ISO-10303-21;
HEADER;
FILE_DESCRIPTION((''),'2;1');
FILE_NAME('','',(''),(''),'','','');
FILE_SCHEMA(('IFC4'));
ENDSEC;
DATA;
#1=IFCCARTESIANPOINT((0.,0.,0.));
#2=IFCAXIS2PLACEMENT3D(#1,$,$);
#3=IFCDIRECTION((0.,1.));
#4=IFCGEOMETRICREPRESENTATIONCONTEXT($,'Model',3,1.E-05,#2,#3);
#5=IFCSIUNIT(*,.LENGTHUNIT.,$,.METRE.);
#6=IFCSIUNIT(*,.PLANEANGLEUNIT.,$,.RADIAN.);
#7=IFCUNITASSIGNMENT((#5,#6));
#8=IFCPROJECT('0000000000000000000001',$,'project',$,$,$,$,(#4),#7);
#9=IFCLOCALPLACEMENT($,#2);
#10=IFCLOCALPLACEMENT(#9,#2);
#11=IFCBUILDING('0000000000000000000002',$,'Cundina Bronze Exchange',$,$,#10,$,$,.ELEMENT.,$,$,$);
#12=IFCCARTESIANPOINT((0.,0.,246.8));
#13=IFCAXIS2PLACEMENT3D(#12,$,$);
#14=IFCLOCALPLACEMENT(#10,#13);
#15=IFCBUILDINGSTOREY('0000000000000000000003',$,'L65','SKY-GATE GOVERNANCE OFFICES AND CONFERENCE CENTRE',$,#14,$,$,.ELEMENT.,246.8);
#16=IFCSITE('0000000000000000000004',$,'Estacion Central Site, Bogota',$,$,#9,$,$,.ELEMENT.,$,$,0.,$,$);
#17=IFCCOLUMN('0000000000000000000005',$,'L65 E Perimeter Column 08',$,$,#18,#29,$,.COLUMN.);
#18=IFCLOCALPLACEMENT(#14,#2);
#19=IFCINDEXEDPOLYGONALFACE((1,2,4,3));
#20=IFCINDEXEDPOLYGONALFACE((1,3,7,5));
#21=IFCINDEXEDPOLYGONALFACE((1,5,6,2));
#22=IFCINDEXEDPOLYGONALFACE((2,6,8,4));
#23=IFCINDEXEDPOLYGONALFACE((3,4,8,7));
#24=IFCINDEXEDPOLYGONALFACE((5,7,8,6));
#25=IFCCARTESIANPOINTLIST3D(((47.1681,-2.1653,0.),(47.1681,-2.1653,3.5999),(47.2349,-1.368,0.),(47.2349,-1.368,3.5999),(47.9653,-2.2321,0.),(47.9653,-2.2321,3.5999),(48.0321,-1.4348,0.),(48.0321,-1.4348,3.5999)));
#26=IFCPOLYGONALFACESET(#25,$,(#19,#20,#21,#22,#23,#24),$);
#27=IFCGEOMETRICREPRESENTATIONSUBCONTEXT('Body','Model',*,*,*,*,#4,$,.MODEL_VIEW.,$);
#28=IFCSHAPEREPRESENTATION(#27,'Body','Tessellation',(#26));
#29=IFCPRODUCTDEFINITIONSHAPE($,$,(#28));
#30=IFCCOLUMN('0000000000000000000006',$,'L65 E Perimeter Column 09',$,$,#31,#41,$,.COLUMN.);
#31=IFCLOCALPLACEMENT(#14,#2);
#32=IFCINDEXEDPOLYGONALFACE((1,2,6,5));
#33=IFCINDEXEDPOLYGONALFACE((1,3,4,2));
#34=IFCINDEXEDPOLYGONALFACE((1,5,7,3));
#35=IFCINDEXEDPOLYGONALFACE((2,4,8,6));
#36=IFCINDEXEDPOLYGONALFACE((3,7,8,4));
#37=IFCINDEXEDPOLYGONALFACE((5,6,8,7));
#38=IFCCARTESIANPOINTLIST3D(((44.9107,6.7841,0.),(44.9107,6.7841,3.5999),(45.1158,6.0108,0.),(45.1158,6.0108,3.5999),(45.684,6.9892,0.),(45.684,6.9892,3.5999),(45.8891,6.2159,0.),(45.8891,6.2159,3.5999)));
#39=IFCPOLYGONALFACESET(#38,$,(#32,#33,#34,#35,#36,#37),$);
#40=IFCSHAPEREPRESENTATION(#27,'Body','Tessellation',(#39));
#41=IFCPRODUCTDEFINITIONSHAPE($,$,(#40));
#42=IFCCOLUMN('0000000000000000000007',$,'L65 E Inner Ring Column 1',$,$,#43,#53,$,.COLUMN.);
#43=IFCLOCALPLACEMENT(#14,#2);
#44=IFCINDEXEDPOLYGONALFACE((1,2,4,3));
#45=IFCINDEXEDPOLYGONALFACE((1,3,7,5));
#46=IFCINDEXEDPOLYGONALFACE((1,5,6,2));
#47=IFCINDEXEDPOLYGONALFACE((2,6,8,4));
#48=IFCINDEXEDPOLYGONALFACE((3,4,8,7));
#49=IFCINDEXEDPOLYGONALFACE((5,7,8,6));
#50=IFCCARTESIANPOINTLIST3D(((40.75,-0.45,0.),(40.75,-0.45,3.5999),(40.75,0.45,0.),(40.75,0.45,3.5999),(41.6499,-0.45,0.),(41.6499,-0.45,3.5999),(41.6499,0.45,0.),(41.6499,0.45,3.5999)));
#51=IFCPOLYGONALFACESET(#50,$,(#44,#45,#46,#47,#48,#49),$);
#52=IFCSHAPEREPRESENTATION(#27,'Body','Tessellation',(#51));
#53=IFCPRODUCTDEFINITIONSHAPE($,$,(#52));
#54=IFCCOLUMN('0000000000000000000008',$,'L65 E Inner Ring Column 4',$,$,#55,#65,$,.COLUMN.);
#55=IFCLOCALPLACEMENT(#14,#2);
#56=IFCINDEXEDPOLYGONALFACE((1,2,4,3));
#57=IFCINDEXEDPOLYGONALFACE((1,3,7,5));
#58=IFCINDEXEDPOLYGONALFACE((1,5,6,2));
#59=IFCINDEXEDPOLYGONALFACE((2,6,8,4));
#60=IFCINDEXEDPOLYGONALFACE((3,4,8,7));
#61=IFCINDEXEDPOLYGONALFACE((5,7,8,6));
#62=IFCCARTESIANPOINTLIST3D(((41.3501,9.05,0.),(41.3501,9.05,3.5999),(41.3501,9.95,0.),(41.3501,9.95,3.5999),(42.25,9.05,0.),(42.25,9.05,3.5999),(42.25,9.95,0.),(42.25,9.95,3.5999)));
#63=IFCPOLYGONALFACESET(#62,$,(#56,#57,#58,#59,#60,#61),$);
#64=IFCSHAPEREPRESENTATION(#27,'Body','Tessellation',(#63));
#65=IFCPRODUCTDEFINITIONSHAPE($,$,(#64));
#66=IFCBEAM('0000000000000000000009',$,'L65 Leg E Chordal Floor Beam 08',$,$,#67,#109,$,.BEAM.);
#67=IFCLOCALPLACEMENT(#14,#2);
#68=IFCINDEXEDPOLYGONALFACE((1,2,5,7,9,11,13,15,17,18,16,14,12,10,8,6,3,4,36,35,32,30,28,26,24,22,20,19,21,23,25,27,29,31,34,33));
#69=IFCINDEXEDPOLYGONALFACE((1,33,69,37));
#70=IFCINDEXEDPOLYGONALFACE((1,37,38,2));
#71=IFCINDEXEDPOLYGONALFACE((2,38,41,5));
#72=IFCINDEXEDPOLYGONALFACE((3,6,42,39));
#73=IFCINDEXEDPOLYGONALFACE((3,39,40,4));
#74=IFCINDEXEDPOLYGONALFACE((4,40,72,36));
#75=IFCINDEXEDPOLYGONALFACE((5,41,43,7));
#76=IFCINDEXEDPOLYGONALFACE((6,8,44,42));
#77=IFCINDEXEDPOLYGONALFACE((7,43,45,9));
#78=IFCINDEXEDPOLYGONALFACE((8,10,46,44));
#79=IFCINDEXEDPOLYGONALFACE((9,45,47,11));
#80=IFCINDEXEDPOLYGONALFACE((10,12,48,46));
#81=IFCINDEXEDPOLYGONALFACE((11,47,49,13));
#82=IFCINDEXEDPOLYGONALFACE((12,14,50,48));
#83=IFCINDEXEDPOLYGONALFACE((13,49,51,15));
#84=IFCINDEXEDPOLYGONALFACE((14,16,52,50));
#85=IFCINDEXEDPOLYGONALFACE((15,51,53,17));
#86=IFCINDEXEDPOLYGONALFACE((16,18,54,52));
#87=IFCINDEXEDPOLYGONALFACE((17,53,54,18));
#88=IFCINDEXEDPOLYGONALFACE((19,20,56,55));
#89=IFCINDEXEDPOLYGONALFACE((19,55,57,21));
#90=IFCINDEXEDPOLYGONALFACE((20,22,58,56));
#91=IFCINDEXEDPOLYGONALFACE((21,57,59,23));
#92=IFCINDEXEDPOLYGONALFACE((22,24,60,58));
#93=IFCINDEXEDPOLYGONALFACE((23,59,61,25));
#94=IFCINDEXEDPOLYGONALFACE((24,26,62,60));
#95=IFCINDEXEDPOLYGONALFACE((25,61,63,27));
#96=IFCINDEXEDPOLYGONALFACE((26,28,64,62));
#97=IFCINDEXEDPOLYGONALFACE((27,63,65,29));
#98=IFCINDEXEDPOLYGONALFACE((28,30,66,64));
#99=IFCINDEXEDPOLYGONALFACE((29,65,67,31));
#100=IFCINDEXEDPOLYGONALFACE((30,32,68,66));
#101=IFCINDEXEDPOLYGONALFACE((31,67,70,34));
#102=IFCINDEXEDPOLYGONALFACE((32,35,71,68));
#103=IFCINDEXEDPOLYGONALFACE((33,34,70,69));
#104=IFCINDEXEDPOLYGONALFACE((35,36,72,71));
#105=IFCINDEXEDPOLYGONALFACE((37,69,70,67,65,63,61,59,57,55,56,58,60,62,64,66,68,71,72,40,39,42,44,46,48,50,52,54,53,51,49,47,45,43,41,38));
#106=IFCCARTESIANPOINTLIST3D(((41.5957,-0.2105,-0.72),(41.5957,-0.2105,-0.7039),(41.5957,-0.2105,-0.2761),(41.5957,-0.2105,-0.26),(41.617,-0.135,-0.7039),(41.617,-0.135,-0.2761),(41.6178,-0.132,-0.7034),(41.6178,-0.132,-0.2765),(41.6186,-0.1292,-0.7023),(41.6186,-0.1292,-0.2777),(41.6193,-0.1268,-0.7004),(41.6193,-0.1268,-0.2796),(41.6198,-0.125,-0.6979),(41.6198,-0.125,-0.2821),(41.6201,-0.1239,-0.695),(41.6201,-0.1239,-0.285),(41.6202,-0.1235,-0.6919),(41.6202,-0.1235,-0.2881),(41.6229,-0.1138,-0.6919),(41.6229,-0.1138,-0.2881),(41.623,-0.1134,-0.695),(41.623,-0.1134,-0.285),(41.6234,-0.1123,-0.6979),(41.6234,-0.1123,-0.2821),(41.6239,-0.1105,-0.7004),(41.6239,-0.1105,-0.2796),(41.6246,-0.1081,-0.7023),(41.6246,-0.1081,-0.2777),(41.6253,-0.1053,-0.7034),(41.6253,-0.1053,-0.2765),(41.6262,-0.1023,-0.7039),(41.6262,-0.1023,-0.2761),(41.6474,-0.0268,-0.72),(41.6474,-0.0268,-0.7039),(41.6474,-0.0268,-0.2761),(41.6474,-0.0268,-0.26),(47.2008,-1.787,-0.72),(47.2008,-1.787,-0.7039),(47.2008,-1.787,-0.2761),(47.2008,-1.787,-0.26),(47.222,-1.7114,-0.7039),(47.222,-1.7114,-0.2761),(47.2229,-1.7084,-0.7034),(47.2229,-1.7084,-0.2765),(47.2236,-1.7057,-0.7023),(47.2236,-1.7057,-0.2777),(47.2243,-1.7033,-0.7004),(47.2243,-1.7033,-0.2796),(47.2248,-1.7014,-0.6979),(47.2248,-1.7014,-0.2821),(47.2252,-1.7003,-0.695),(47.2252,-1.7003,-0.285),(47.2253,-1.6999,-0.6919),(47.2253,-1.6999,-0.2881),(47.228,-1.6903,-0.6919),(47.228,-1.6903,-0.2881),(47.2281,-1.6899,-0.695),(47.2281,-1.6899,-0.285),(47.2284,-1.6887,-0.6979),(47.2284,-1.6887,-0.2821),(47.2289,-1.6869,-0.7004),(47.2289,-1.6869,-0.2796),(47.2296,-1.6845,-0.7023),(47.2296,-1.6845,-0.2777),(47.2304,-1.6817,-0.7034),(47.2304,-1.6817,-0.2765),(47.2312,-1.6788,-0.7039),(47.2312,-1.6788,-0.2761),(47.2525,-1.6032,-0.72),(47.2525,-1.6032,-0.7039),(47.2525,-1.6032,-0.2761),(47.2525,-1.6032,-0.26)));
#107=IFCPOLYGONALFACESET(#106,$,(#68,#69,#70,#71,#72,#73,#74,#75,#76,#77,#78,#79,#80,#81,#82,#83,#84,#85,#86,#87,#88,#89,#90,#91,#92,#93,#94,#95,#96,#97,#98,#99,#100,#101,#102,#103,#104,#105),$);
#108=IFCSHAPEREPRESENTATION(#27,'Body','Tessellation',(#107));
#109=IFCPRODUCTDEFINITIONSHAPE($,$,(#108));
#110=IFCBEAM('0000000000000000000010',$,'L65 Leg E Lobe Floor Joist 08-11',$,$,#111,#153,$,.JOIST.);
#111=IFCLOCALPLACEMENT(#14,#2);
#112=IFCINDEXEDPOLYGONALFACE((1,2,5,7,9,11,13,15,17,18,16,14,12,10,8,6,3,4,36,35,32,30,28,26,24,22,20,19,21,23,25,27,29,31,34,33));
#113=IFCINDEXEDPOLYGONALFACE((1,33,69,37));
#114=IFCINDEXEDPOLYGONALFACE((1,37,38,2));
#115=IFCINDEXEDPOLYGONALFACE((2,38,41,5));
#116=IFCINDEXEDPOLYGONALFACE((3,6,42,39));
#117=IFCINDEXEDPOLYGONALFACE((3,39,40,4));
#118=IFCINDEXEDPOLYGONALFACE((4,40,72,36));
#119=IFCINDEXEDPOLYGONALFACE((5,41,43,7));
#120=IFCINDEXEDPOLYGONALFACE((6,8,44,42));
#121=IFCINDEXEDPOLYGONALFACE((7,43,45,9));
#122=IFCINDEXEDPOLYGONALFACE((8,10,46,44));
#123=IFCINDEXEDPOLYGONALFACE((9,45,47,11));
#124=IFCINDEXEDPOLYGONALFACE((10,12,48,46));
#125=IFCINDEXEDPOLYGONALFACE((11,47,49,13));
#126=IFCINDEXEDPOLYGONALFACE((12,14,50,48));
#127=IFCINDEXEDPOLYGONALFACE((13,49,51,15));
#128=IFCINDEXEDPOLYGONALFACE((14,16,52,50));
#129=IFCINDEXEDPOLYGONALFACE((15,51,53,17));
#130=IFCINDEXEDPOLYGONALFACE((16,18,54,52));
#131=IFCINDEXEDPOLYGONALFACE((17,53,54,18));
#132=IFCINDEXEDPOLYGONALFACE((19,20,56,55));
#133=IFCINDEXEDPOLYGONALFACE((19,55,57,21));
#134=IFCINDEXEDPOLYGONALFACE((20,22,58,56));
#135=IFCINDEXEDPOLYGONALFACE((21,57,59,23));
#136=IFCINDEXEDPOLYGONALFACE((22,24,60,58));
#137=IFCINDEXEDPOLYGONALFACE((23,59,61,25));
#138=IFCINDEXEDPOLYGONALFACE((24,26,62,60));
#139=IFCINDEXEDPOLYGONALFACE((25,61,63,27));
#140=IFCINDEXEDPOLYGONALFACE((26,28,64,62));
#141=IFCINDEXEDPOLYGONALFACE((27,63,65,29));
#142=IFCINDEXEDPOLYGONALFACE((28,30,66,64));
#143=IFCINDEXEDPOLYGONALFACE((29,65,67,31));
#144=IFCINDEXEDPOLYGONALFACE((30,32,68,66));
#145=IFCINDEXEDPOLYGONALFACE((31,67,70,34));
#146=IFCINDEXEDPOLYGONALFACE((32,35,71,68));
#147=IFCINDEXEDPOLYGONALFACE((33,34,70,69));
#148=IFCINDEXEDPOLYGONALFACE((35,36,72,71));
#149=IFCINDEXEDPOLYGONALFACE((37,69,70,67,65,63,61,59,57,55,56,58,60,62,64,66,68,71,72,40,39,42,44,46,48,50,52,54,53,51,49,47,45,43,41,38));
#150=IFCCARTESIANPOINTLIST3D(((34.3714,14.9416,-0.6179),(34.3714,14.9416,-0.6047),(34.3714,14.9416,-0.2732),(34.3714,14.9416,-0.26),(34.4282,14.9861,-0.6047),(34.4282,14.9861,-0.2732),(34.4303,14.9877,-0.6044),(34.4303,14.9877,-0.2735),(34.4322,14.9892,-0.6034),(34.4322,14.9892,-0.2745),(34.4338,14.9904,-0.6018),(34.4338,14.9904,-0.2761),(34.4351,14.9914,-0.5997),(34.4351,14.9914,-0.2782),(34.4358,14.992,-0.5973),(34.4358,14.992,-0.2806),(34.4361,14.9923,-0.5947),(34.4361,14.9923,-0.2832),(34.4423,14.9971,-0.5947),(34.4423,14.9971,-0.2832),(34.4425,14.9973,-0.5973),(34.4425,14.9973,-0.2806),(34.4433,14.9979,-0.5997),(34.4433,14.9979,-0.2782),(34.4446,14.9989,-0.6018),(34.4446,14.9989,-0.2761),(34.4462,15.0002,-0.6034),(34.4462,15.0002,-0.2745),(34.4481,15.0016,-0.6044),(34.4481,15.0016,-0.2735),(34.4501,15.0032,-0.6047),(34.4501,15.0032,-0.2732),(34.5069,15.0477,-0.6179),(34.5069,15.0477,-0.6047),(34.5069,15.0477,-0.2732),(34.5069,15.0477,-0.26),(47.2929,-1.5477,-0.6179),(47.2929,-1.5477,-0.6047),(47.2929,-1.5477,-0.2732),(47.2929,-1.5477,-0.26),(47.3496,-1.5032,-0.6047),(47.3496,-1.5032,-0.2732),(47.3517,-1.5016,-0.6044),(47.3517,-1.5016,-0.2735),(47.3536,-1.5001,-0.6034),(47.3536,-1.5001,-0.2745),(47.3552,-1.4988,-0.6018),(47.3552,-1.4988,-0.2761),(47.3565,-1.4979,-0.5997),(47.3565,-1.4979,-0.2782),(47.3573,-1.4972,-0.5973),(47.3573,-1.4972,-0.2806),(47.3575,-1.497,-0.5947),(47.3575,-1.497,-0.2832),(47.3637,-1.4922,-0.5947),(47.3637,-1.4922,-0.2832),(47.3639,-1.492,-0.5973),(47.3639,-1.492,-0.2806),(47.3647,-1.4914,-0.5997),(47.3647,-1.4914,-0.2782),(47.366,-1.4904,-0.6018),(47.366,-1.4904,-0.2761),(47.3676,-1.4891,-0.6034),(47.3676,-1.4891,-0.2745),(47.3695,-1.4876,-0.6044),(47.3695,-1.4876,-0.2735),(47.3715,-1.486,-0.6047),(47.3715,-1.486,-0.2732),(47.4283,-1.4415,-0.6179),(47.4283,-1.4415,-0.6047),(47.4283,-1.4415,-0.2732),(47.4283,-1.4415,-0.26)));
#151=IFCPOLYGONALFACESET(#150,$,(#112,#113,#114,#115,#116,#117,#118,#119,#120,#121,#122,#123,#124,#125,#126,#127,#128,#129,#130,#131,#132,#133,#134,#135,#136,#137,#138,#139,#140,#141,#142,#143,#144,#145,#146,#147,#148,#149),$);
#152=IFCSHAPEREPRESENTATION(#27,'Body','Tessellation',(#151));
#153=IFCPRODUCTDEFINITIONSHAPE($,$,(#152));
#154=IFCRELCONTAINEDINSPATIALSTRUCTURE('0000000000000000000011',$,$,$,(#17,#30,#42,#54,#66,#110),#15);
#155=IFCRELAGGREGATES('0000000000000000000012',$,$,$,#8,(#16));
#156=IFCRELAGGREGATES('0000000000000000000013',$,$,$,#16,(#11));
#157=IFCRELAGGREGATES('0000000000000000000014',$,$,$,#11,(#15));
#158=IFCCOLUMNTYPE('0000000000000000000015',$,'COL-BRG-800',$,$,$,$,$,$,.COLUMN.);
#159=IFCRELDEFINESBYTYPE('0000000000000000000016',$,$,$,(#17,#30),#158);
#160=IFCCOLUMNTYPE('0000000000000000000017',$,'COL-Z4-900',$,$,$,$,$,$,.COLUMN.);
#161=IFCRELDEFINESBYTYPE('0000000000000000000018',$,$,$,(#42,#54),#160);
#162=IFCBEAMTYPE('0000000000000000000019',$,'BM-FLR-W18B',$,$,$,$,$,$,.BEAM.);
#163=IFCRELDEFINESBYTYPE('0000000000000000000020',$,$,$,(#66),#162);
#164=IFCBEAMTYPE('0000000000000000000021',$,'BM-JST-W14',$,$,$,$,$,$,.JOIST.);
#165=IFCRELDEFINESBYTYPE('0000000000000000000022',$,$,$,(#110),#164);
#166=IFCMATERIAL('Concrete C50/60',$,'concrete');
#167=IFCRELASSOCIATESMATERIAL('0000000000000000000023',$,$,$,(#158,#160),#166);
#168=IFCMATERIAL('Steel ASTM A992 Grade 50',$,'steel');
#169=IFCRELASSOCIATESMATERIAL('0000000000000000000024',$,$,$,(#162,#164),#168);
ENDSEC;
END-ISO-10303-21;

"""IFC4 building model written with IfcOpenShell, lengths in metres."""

from ifc_helpers import new_model, si_unit, direction, frame, origin, origin_2d, place, context, subcontext, project, spatial, rectangle, i_section, extrude, material, material_profile, profile_set, type_object, element, save


model = new_model("IFC4")

# Units and contexts
model_context = context("Model", 3, precision=1e-05, world=origin(), true_north=direction((0.0, 1.0)))
body_context = subcontext(model_context, "Body", "Model", "MODEL_VIEW")
ifc_project = project(units=[si_unit("LENGTHUNIT", "METRE"), si_unit("PLANEANGLEUNIT", "RADIAN")], contexts=[model_context])

# Site, building, storey
site_placement = place(None, origin())
site = spatial("IfcSite", under=ifc_project, at=site_placement, Name="Estacion Central Site, Bogota", CompositionType="ELEMENT", RefElevation=0.0)
building_placement = place(site_placement, origin())
building = spatial("IfcBuilding", under=site, at=building_placement, Name="Cundina Bronze Exchange", CompositionType="ELEMENT")
storey_placement = place(building_placement, frame((0.0, 0.0, 246.8)))
storey = spatial("IfcBuildingStorey", under=building, at=storey_placement, Name="L65", Description="SKY-GATE GOVERNANCE OFFICES AND CONFERENCE CENTRE", CompositionType="ELEMENT", Elevation=246.8)

# Columns
ifc_material_1 = material(Name="Concrete C50/60", Category="concrete")
ifc_material_profile_1 = material_profile(ifc_material_1, rectangle(XDim=0.8, YDim=0.8, at=origin_2d()), Name="RC800X800", Category="concrete")
ifc_profile_set_1 = profile_set([ifc_material_profile_1], Name="Concrete C50/60")
column_type_1 = type_object("IfcColumnType", Name="COL-BRG-800", PredefinedType="COLUMN", material=ifc_profile_set_1)
for number, where, z_axis, x_axis, name in (
    (1, (47.6001, -1.8, 0.0), (0.0, 0.0, 1.0), (0.083504, 0.996507, 0.0), "L65 E Perimeter Column 08"),
    (2, (45.3999, 6.5, 0.0), (0.0, 0.0, 1.0), (-0.256289, 0.9666, 0.0), "L65 E Perimeter Column 09"),
):
    element("IfcColumn", number, at=place(storey_placement, frame(where, z_axis=z_axis, x_axis=x_axis)), inside=storey, type_object=column_type_1, Name=name, PredefinedType="COLUMN", context=body_context, shape_type="SweptSolid", body=[
        extrude(rectangle(XDim=0.8, YDim=0.8, at=origin_2d()), origin(), (0.0, 0.0, 1.0), 3.5999),
    ])
ifc_material_profile_2 = material_profile(ifc_material_1, rectangle(XDim=0.8999, YDim=0.8999, at=origin_2d()), Name="RC900X900", Category="concrete")
ifc_profile_set_2 = profile_set([ifc_material_profile_2], Name="Concrete C50/60")
column_type_2 = type_object("IfcColumnType", Name="COL-Z4-900", PredefinedType="COLUMN", material=ifc_profile_set_2)
for number, where, z_axis, x_axis, name in (
    (3, (41.2, 0.0, 0.0), (0.0, 0.0, 1.0), (1.0, 0.0, 0.0), "L65 E Inner Ring Column 1"),
    (4, (41.8, 9.5, 0.0), (0.0, 0.0, 1.0), (1.0, 0.0, 0.0), "L65 E Inner Ring Column 4"),
):
    element("IfcColumn", number, at=place(storey_placement, frame(where, z_axis=z_axis, x_axis=x_axis)), inside=storey, type_object=column_type_2, Name=name, PredefinedType="COLUMN", context=body_context, shape_type="SweptSolid", body=[
        extrude(rectangle(XDim=0.8999, YDim=0.8999, at=origin_2d()), origin(), (0.0, 0.0, 1.0), 3.5999),
    ])

# Beams
ifc_material_2 = material(Name="Steel ASTM A992 Grade 50", Category="steel")
ifc_material_profile_3 = material_profile(ifc_material_2, i_section(OverallWidth=0.1909, OverallDepth=0.46, WebThickness=0.01, FlangeThickness=0.0161, FilletRadius=0.012, at=origin_2d()), Name="W18X55", Category="steel")
ifc_profile_set_3 = profile_set([ifc_material_profile_3], Name="Steel ASTM A992 Grade 50")
beam_type_1 = type_object("IfcBeamType", Name="BM-FLR-W18B", PredefinedType="BEAM", material=ifc_profile_set_3)
beam_1_placement = place(storey_placement, frame((41.6216, -0.1187, -0.49), z_axis=(0.96265, -0.270748, 0.0), x_axis=(0.270748, 0.96265, 0.0)))
element("IfcBeam", 5, at=beam_1_placement, inside=storey, type_object=beam_type_1, Name="L65 Leg E Chordal Floor Beam 08", PredefinedType="BEAM", context=body_context, shape_type="SweptSolid", body=[
    extrude(i_section(OverallWidth=0.1909, OverallDepth=0.46, WebThickness=0.01, FlangeThickness=0.0161, FilletRadius=0.012, at=origin_2d()), origin(), (0.0, 0.0, 1.0), 5.8225),
])
ifc_material_profile_4 = material_profile(ifc_material_2, i_section(OverallWidth=0.1721, OverallDepth=0.3579, WebThickness=0.0078, FlangeThickness=0.0132, FilletRadius=0.01, at=origin_2d()), Name="W14X38", Category="steel")
ifc_profile_set_4 = profile_set([ifc_material_profile_4], Name="Steel ASTM A992 Grade 50")
beam_type_2 = type_object("IfcBeamType", Name="BM-JST-W14", PredefinedType="JOIST", material=ifc_profile_set_4)
beam_2_placement = place(storey_placement, frame((47.3606, -1.4946, -0.439), z_axis=(-0.616804, 0.787117, 0.0), x_axis=(-0.787117, -0.616804, 0.0)))
element("IfcBeam", 6, at=beam_2_placement, inside=storey, type_object=beam_type_2, Name="L65 Leg E Lobe Floor Joist 08-11", PredefinedType="JOIST", context=body_context, shape_type="SweptSolid", body=[
    extrude(i_section(OverallWidth=0.1721, OverallDepth=0.3579, WebThickness=0.0078, FlangeThickness=0.0132, FilletRadius=0.01, at=origin_2d()), origin(), (0.0, 0.0, 1.0), 20.949),
])

save(model, "model.ifc")
